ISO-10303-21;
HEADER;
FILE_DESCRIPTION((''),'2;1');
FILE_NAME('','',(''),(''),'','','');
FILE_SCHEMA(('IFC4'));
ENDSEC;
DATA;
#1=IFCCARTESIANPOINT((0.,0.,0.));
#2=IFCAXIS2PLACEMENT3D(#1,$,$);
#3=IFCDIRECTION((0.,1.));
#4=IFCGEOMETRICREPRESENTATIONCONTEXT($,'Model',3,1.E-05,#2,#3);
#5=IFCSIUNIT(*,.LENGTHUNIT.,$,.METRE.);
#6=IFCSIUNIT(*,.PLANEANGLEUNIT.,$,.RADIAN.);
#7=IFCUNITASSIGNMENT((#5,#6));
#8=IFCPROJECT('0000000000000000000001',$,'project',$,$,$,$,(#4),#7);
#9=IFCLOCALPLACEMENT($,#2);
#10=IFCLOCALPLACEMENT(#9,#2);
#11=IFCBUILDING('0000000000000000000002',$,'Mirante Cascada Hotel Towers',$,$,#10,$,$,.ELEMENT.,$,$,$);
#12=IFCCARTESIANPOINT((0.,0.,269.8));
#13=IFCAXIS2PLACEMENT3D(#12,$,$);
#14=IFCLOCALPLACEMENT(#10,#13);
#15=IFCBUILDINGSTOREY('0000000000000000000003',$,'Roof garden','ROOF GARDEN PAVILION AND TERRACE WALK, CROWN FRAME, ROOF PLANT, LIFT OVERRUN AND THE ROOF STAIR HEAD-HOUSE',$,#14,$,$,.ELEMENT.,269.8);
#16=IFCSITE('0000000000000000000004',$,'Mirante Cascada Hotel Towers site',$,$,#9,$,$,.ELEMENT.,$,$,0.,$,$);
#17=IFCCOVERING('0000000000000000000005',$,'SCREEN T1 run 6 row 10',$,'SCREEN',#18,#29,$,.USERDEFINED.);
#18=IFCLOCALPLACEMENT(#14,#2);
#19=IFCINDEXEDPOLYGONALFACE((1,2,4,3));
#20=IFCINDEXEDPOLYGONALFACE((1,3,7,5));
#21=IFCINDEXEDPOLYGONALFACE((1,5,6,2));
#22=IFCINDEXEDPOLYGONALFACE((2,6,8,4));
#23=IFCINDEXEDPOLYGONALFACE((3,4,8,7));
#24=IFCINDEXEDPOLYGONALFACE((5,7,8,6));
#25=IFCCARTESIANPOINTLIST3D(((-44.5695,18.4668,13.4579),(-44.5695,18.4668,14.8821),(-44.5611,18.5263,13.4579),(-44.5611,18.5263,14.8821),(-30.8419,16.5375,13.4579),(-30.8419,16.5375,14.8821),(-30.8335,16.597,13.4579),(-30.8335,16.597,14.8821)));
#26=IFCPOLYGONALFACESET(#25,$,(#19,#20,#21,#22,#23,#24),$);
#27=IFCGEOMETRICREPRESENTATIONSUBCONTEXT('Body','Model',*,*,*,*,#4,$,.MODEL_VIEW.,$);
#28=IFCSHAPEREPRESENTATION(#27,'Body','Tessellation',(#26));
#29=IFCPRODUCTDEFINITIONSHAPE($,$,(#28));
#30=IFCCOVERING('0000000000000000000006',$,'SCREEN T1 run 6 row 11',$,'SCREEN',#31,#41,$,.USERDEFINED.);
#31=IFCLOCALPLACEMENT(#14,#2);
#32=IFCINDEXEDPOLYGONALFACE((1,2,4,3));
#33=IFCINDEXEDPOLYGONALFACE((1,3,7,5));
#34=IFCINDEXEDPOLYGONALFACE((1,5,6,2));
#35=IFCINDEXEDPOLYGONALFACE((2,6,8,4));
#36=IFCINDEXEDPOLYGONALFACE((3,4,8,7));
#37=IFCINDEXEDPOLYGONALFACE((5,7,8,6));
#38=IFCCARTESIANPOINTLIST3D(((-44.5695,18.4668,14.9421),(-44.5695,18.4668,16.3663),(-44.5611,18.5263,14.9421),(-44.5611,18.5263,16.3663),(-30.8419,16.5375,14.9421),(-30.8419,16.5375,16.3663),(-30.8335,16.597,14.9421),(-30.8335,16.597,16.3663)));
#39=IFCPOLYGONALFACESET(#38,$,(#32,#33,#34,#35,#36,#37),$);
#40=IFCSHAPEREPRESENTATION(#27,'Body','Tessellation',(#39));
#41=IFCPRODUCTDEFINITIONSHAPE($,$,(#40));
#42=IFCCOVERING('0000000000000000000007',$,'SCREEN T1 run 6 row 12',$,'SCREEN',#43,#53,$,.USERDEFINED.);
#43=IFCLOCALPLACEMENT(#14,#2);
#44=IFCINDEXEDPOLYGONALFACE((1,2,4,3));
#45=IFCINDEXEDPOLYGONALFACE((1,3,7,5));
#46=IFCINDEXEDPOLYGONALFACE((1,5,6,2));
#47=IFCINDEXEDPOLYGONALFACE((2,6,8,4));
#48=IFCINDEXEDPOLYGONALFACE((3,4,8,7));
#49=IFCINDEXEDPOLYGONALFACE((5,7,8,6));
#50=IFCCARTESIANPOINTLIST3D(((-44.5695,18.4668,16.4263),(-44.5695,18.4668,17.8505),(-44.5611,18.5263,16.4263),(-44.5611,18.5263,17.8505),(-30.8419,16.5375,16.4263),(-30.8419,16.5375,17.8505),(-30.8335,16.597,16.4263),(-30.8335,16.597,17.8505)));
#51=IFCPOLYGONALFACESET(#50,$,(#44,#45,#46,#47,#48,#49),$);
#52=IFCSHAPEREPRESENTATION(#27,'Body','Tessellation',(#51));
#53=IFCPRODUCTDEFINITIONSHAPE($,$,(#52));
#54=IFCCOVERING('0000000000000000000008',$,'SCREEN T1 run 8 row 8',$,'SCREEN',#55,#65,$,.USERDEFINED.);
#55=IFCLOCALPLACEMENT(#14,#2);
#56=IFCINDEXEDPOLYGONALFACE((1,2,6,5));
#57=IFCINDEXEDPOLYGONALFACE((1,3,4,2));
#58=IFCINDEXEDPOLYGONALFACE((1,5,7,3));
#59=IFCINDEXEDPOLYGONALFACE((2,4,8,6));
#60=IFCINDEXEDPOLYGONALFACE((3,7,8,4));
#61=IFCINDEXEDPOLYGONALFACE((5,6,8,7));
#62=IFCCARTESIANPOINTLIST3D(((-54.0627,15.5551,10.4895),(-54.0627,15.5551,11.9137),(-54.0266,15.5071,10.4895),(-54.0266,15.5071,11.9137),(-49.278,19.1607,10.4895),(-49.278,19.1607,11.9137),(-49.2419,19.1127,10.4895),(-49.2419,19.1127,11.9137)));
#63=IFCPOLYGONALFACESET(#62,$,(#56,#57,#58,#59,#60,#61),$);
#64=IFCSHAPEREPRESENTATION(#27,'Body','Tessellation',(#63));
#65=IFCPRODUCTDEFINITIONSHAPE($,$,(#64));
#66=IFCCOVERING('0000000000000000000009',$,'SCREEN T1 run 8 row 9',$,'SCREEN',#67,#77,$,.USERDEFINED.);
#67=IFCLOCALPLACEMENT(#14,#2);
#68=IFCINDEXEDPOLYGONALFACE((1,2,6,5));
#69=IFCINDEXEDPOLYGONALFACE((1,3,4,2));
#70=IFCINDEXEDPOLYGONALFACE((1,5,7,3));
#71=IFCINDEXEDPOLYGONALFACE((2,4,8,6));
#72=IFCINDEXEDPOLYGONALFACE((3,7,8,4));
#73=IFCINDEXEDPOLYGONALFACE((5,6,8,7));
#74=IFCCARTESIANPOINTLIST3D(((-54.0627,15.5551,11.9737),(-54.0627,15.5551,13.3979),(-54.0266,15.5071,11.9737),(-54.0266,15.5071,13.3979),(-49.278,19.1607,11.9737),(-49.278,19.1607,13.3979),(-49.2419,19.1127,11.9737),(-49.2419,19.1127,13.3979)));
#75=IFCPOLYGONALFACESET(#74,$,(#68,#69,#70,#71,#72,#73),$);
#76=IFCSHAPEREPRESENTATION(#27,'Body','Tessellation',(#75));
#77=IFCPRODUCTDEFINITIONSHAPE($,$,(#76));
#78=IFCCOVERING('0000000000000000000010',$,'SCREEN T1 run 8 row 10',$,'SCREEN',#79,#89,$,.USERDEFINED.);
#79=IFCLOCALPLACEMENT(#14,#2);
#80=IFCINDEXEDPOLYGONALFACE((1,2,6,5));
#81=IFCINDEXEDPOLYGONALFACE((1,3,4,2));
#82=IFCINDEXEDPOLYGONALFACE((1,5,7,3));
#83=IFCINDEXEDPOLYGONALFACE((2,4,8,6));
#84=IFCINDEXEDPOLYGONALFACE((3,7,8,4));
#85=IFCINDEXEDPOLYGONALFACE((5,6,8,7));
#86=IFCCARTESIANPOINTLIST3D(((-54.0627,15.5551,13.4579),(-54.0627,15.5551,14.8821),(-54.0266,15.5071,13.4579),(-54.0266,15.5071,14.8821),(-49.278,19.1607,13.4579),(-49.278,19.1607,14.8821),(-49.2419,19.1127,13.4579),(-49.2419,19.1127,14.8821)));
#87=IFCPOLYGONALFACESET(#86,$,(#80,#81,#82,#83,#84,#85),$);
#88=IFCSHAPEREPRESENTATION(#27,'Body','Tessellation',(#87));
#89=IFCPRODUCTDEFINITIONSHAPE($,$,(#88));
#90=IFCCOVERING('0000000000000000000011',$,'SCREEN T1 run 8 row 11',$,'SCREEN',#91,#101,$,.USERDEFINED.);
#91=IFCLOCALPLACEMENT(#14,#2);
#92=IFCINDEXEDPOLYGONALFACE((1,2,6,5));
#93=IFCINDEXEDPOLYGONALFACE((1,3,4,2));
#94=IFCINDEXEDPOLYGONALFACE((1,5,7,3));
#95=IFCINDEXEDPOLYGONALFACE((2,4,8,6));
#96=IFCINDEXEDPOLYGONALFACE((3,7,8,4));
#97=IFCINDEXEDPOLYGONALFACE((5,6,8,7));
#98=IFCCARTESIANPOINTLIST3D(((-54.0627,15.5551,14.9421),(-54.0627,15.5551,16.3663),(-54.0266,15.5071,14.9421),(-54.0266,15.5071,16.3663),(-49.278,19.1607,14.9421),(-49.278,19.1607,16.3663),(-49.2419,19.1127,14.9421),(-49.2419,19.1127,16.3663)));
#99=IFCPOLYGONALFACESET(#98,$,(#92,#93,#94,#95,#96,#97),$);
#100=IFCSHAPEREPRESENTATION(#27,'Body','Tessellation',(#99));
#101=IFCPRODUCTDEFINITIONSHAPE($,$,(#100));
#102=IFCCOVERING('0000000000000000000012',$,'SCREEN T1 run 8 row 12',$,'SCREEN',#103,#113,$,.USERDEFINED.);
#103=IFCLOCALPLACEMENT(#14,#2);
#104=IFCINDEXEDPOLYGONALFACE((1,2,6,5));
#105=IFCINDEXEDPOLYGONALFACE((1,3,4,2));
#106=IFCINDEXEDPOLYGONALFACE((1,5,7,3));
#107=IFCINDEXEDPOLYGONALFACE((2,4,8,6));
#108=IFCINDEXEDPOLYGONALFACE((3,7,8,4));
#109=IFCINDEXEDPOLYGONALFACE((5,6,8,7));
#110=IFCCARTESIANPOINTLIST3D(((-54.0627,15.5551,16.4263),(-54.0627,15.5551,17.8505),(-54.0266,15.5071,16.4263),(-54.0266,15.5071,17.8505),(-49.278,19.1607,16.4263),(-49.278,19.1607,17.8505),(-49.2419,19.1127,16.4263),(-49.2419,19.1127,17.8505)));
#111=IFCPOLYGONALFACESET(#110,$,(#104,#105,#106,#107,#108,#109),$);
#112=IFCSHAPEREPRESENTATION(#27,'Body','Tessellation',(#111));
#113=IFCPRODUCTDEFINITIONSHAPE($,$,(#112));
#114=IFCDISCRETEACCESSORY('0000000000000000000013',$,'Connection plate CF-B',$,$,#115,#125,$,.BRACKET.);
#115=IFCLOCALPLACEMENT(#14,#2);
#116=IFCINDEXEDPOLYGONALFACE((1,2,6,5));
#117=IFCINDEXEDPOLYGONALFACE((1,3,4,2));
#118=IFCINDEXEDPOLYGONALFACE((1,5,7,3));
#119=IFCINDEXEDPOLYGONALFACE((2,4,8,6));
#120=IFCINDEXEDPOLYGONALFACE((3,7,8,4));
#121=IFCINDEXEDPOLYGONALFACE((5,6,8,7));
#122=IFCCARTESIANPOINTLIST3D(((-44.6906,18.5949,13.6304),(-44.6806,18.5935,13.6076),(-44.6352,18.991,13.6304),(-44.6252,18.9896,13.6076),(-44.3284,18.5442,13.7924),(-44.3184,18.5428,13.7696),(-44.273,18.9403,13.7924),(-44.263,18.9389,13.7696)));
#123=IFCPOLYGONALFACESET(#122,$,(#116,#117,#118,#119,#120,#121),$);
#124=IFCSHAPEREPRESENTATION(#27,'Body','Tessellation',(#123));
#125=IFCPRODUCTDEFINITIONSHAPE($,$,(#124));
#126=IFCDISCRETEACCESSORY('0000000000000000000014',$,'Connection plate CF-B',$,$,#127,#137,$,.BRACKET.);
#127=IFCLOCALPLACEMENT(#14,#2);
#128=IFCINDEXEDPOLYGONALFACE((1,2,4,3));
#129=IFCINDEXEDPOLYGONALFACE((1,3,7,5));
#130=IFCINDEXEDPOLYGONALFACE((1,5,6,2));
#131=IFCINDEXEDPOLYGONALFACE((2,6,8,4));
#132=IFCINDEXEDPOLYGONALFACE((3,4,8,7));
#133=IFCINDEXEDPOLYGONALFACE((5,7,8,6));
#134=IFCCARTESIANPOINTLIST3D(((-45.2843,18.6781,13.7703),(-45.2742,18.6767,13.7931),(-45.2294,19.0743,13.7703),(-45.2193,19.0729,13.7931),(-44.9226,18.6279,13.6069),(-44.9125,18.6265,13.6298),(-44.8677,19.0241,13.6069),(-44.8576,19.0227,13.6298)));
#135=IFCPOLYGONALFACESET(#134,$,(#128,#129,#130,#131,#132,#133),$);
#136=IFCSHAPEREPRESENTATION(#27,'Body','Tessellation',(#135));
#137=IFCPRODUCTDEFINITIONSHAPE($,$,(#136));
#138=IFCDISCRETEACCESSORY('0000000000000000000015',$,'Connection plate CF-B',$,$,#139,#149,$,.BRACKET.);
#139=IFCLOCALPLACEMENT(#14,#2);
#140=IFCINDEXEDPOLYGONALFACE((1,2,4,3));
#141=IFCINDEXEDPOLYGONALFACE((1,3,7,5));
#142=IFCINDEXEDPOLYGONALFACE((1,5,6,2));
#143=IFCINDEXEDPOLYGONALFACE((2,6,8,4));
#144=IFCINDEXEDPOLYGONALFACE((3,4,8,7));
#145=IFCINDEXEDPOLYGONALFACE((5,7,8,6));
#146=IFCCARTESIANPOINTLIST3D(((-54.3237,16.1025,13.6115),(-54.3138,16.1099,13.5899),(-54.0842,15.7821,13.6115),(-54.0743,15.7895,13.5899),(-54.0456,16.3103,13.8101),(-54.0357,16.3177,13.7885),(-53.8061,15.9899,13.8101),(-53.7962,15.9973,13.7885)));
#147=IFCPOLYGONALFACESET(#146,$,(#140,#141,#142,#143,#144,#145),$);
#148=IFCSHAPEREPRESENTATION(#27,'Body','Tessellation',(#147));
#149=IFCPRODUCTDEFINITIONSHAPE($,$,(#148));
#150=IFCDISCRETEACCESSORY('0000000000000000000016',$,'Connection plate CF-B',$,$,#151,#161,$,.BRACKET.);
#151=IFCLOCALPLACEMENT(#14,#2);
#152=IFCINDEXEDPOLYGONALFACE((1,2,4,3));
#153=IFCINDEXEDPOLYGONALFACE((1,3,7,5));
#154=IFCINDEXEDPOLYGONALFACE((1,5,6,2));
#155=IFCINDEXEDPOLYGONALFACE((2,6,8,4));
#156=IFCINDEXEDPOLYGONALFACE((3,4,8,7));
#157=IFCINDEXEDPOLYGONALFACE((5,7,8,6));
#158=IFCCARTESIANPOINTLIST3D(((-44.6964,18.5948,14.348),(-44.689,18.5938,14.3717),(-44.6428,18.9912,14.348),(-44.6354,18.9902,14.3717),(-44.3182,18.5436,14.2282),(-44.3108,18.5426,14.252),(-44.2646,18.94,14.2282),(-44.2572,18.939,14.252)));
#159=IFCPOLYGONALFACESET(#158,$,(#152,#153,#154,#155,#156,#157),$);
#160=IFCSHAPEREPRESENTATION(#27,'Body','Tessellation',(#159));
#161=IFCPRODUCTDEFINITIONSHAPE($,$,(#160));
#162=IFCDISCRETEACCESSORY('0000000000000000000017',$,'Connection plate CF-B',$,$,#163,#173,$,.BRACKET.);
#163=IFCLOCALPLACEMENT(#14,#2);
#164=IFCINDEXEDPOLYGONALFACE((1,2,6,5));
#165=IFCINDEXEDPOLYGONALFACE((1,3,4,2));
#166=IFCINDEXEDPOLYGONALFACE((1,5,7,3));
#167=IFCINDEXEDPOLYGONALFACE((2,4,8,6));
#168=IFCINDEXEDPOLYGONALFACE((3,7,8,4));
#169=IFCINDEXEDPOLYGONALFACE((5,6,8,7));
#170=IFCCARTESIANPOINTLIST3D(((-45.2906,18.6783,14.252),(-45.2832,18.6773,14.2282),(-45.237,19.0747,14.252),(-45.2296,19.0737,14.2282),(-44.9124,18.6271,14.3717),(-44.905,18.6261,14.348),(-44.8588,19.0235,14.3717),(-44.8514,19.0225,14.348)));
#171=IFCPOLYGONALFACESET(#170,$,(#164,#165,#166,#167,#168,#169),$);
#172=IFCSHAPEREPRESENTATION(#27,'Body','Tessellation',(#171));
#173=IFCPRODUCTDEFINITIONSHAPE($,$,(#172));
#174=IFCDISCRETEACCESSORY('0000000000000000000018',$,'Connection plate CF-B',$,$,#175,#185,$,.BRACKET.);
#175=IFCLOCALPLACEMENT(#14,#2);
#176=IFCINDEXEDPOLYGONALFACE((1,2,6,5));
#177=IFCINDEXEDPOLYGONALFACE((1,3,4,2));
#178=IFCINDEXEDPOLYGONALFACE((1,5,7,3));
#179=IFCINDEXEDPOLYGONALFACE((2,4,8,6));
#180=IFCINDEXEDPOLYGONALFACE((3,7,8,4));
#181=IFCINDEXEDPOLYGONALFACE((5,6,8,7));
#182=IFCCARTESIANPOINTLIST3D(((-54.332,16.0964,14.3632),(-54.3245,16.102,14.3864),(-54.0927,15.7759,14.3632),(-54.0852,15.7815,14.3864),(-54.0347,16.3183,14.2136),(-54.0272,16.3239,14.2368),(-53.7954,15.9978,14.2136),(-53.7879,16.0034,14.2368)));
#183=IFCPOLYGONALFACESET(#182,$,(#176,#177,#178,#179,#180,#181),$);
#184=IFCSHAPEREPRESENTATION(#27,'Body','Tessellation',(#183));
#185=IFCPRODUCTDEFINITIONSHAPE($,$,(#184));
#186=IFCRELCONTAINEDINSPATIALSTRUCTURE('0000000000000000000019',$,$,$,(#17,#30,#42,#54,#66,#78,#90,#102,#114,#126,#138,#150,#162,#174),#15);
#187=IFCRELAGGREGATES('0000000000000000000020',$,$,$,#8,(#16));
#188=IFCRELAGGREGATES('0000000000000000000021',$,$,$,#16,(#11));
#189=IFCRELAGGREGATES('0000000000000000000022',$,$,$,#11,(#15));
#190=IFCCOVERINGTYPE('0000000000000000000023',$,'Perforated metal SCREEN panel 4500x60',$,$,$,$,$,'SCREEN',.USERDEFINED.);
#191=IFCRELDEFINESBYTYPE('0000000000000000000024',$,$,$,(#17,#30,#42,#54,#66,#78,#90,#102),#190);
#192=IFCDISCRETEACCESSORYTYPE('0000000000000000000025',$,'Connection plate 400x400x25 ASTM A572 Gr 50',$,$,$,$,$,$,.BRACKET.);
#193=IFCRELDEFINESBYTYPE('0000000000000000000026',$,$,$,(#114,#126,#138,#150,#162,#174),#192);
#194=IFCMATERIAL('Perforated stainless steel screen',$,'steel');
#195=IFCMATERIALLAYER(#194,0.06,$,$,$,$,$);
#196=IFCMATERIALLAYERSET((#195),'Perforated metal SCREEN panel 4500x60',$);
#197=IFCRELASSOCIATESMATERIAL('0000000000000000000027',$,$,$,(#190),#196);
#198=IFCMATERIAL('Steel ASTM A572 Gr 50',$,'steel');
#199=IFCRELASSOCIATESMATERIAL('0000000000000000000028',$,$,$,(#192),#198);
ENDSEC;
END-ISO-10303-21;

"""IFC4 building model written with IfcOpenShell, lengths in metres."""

from ifc_helpers import new_model, si_unit, direction, frame, origin, origin_2d, place, context, subcontext, project, spatial, rectangle, extrude, material, layer, layer_set, material_profile, profile_set, type_object, element, save


model = new_model("IFC4")

# Units and contexts
model_context = context("Model", 3, precision=1e-05, world=origin(), true_north=direction((0.0, 1.0)))
body_context = subcontext(model_context, "Body", "Model", "MODEL_VIEW")
ifc_project = project(units=[si_unit("LENGTHUNIT", "METRE"), si_unit("PLANEANGLEUNIT", "RADIAN")], contexts=[model_context])

# Site, building, storey
site_placement = place(None, origin())
site = spatial("IfcSite", under=ifc_project, at=site_placement, Name="Mirante Cascada Hotel Towers site", CompositionType="ELEMENT", RefElevation=0.0)
building_placement = place(site_placement, origin())
building = spatial("IfcBuilding", under=site, at=building_placement, Name="Mirante Cascada Hotel Towers", CompositionType="ELEMENT")
storey_placement = place(building_placement, frame((0.0, 0.0, 269.8)))
storey = spatial("IfcBuildingStorey", under=building, at=storey_placement, Name="Roof garden", Description="ROOF GARDEN PAVILION AND TERRACE WALK, CROWN FRAME, ROOF PLANT, LIFT OVERRUN AND THE ROOF STAIR HEAD-HOUSE", CompositionType="ELEMENT", Elevation=269.8)

# Coverings
ifc_material_1 = material(Name="Perforated stainless steel screen", Category="steel")
ifc_layer_1 = layer(ifc_material_1, 0.06)
ifc_layer_set_1 = layer_set([ifc_layer_1], Name="Perforated metal SCREEN panel 4500x60")
covering_type_1 = type_object("IfcCoveringType", Name="Perforated metal SCREEN panel 4500x60", ElementType="SCREEN", PredefinedType="USERDEFINED", material=ifc_layer_set_1)
for number, where, z_axis, x_axis, name in (
    (1, (-37.7015, 17.5319, 13.4579), (0.0, 0.0, 1.0), (-0.990268, 0.139173, 0.0), "SCREEN T1 run 6 row 10"),
    (2, (-37.7015, 17.5319, 14.9421), (0.0, 0.0, 1.0), (-0.990268, 0.139173, 0.0), "SCREEN T1 run 6 row 11"),
    (3, (-37.7015, 17.5319, 16.4263), (0.0, 0.0, 1.0), (-0.990268, 0.139173, 0.0), "SCREEN T1 run 6 row 12"),
):
    element("IfcCovering", number, at=place(storey_placement, frame(where, z_axis=z_axis, x_axis=x_axis)), inside=storey, type_object=covering_type_1, Name=name, ObjectType="SCREEN", PredefinedType="USERDEFINED", context=body_context, shape_type="SweptSolid", body=[
        extrude(rectangle(XDim=13.8625, YDim=0.06, at=origin_2d()), origin(), (0.0, 0.0, 1.0), 1.4242),
    ])
for number, where, z_axis, x_axis, name in (
    (4, (-51.6523, 17.3339, 10.4895), (0.0, 0.0, 1.0), (-0.798636, -0.601815, 0.0), "SCREEN T1 run 8 row 8"),
    (5, (-51.6523, 17.3339, 11.9737), (0.0, 0.0, 1.0), (-0.798636, -0.601815, 0.0), "SCREEN T1 run 8 row 9"),
    (6, (-51.6523, 17.3339, 13.4579), (0.0, 0.0, 1.0), (-0.798636, -0.601815, 0.0), "SCREEN T1 run 8 row 10"),
    (7, (-51.6523, 17.3339, 14.9421), (0.0, 0.0, 1.0), (-0.798636, -0.601815, 0.0), "SCREEN T1 run 8 row 11"),
    (8, (-51.6523, 17.3339, 16.4263), (0.0, 0.0, 1.0), (-0.798636, -0.601815, 0.0), "SCREEN T1 run 8 row 12"),
):
    element("IfcCovering", number, at=place(storey_placement, frame(where, z_axis=z_axis, x_axis=x_axis)), inside=storey, type_object=covering_type_1, Name=name, ObjectType="SCREEN", PredefinedType="USERDEFINED", context=body_context, shape_type="SweptSolid", body=[
        extrude(rectangle(XDim=5.9912, YDim=0.06, at=origin_2d()), origin(), (0.0, 0.0, 1.0), 1.4242),
    ])

# Discrete accessories
ifc_material_2 = material(Name="Steel ASTM A572 Gr 50", Category="steel")
ifc_material_profile_1 = material_profile(ifc_material_2, rectangle(XDim=0.4, YDim=0.4, at=origin_2d()), Name="Connection plate 400x400x25 ASTM A572 Gr 50")
ifc_profile_set_1 = profile_set([ifc_material_profile_1], Name="Steel ASTM A572 Gr 50")
discrete_accessory_type = type_object("IfcDiscreteAccessoryType", Name="Connection plate 400x400x25 ASTM A572 Gr 50", PredefinedType="BRACKET", material=ifc_profile_set_1)
discrete_accessory_1_placement = place(storey_placement, frame((-44.4718, 18.7662, 13.6886), z_axis=(-0.401028, 0.056144, 0.914344), x_axis=(-0.138648, -0.990342, 0.0)))
element("IfcDiscreteAccessory", 9, at=discrete_accessory_1_placement, inside=storey, type_object=discrete_accessory_type, Name="Connection plate CF-B", PredefinedType="BRACKET", context=body_context, shape_type="SweptSolid", body=[
    extrude(rectangle(XDim=0.4, YDim=0.4, at=origin_2d()), origin(), (0.0, 0.0, 1.0), 0.0249),
])
discrete_accessory_2_placement = place(storey_placement, frame((-45.076, 18.8511, 13.6886), z_axis=(0.404385, -0.056053, 0.91287), x_axis=(0.137301, 0.990529, 0.0)))
element("IfcDiscreteAccessory", 10, at=discrete_accessory_2_placement, inside=storey, type_object=discrete_accessory_type, Name="Connection plate CF-B", PredefinedType="BRACKET", context=body_context, shape_type="SweptSolid", body=[
    extrude(rectangle(XDim=0.4, YDim=0.4, at=origin_2d()), origin(), (0.0, 0.0, 1.0), 0.025),
])
for number, where, z_axis, x_axis, name in (
    (11, (-54.055, 16.0536, 13.6892), (-0.397809, -0.297352, 0.867946), (0.598705, -0.80097, 0.0), "Connection plate CF-B"),
    (12, (-44.4805, 18.7674, 14.2881), (0.296665, -0.04009, 0.95414), (0.133918, 0.990992, 0.0), "Connection plate CF-B"),
    (13, (-45.0673, 18.8499, 14.2881), (-0.296665, 0.04009, 0.95414), (-0.133918, -0.990992, 0.0), "Connection plate CF-B"),
):
    element("IfcDiscreteAccessory", number, at=place(storey_placement, frame(where, z_axis=z_axis, x_axis=x_axis)), inside=storey, type_object=discrete_accessory_type, Name=name, PredefinedType="BRACKET", context=body_context, shape_type="SweptSolid", body=[
        extrude(rectangle(XDim=0.4, YDim=0.4, at=origin_2d()), origin(), (0.0, 0.0, 1.0), 0.0249),
    ])
discrete_accessory_3_placement = place(storey_placement, frame((-54.0637, 16.0471, 14.2884), z_axis=(0.299796, 0.223848, 0.92737), x_axis=(-0.598289, 0.80128, 0.0)))
element("IfcDiscreteAccessory", 14, at=discrete_accessory_3_placement, inside=storey, type_object=discrete_accessory_type, Name="Connection plate CF-B", PredefinedType="BRACKET", context=body_context, shape_type="SweptSolid", body=[
    extrude(rectangle(XDim=0.4, YDim=0.4, at=origin_2d()), origin(), (0.0, 0.0, 1.0), 0.025),
])

save(model, "model.ifc")
